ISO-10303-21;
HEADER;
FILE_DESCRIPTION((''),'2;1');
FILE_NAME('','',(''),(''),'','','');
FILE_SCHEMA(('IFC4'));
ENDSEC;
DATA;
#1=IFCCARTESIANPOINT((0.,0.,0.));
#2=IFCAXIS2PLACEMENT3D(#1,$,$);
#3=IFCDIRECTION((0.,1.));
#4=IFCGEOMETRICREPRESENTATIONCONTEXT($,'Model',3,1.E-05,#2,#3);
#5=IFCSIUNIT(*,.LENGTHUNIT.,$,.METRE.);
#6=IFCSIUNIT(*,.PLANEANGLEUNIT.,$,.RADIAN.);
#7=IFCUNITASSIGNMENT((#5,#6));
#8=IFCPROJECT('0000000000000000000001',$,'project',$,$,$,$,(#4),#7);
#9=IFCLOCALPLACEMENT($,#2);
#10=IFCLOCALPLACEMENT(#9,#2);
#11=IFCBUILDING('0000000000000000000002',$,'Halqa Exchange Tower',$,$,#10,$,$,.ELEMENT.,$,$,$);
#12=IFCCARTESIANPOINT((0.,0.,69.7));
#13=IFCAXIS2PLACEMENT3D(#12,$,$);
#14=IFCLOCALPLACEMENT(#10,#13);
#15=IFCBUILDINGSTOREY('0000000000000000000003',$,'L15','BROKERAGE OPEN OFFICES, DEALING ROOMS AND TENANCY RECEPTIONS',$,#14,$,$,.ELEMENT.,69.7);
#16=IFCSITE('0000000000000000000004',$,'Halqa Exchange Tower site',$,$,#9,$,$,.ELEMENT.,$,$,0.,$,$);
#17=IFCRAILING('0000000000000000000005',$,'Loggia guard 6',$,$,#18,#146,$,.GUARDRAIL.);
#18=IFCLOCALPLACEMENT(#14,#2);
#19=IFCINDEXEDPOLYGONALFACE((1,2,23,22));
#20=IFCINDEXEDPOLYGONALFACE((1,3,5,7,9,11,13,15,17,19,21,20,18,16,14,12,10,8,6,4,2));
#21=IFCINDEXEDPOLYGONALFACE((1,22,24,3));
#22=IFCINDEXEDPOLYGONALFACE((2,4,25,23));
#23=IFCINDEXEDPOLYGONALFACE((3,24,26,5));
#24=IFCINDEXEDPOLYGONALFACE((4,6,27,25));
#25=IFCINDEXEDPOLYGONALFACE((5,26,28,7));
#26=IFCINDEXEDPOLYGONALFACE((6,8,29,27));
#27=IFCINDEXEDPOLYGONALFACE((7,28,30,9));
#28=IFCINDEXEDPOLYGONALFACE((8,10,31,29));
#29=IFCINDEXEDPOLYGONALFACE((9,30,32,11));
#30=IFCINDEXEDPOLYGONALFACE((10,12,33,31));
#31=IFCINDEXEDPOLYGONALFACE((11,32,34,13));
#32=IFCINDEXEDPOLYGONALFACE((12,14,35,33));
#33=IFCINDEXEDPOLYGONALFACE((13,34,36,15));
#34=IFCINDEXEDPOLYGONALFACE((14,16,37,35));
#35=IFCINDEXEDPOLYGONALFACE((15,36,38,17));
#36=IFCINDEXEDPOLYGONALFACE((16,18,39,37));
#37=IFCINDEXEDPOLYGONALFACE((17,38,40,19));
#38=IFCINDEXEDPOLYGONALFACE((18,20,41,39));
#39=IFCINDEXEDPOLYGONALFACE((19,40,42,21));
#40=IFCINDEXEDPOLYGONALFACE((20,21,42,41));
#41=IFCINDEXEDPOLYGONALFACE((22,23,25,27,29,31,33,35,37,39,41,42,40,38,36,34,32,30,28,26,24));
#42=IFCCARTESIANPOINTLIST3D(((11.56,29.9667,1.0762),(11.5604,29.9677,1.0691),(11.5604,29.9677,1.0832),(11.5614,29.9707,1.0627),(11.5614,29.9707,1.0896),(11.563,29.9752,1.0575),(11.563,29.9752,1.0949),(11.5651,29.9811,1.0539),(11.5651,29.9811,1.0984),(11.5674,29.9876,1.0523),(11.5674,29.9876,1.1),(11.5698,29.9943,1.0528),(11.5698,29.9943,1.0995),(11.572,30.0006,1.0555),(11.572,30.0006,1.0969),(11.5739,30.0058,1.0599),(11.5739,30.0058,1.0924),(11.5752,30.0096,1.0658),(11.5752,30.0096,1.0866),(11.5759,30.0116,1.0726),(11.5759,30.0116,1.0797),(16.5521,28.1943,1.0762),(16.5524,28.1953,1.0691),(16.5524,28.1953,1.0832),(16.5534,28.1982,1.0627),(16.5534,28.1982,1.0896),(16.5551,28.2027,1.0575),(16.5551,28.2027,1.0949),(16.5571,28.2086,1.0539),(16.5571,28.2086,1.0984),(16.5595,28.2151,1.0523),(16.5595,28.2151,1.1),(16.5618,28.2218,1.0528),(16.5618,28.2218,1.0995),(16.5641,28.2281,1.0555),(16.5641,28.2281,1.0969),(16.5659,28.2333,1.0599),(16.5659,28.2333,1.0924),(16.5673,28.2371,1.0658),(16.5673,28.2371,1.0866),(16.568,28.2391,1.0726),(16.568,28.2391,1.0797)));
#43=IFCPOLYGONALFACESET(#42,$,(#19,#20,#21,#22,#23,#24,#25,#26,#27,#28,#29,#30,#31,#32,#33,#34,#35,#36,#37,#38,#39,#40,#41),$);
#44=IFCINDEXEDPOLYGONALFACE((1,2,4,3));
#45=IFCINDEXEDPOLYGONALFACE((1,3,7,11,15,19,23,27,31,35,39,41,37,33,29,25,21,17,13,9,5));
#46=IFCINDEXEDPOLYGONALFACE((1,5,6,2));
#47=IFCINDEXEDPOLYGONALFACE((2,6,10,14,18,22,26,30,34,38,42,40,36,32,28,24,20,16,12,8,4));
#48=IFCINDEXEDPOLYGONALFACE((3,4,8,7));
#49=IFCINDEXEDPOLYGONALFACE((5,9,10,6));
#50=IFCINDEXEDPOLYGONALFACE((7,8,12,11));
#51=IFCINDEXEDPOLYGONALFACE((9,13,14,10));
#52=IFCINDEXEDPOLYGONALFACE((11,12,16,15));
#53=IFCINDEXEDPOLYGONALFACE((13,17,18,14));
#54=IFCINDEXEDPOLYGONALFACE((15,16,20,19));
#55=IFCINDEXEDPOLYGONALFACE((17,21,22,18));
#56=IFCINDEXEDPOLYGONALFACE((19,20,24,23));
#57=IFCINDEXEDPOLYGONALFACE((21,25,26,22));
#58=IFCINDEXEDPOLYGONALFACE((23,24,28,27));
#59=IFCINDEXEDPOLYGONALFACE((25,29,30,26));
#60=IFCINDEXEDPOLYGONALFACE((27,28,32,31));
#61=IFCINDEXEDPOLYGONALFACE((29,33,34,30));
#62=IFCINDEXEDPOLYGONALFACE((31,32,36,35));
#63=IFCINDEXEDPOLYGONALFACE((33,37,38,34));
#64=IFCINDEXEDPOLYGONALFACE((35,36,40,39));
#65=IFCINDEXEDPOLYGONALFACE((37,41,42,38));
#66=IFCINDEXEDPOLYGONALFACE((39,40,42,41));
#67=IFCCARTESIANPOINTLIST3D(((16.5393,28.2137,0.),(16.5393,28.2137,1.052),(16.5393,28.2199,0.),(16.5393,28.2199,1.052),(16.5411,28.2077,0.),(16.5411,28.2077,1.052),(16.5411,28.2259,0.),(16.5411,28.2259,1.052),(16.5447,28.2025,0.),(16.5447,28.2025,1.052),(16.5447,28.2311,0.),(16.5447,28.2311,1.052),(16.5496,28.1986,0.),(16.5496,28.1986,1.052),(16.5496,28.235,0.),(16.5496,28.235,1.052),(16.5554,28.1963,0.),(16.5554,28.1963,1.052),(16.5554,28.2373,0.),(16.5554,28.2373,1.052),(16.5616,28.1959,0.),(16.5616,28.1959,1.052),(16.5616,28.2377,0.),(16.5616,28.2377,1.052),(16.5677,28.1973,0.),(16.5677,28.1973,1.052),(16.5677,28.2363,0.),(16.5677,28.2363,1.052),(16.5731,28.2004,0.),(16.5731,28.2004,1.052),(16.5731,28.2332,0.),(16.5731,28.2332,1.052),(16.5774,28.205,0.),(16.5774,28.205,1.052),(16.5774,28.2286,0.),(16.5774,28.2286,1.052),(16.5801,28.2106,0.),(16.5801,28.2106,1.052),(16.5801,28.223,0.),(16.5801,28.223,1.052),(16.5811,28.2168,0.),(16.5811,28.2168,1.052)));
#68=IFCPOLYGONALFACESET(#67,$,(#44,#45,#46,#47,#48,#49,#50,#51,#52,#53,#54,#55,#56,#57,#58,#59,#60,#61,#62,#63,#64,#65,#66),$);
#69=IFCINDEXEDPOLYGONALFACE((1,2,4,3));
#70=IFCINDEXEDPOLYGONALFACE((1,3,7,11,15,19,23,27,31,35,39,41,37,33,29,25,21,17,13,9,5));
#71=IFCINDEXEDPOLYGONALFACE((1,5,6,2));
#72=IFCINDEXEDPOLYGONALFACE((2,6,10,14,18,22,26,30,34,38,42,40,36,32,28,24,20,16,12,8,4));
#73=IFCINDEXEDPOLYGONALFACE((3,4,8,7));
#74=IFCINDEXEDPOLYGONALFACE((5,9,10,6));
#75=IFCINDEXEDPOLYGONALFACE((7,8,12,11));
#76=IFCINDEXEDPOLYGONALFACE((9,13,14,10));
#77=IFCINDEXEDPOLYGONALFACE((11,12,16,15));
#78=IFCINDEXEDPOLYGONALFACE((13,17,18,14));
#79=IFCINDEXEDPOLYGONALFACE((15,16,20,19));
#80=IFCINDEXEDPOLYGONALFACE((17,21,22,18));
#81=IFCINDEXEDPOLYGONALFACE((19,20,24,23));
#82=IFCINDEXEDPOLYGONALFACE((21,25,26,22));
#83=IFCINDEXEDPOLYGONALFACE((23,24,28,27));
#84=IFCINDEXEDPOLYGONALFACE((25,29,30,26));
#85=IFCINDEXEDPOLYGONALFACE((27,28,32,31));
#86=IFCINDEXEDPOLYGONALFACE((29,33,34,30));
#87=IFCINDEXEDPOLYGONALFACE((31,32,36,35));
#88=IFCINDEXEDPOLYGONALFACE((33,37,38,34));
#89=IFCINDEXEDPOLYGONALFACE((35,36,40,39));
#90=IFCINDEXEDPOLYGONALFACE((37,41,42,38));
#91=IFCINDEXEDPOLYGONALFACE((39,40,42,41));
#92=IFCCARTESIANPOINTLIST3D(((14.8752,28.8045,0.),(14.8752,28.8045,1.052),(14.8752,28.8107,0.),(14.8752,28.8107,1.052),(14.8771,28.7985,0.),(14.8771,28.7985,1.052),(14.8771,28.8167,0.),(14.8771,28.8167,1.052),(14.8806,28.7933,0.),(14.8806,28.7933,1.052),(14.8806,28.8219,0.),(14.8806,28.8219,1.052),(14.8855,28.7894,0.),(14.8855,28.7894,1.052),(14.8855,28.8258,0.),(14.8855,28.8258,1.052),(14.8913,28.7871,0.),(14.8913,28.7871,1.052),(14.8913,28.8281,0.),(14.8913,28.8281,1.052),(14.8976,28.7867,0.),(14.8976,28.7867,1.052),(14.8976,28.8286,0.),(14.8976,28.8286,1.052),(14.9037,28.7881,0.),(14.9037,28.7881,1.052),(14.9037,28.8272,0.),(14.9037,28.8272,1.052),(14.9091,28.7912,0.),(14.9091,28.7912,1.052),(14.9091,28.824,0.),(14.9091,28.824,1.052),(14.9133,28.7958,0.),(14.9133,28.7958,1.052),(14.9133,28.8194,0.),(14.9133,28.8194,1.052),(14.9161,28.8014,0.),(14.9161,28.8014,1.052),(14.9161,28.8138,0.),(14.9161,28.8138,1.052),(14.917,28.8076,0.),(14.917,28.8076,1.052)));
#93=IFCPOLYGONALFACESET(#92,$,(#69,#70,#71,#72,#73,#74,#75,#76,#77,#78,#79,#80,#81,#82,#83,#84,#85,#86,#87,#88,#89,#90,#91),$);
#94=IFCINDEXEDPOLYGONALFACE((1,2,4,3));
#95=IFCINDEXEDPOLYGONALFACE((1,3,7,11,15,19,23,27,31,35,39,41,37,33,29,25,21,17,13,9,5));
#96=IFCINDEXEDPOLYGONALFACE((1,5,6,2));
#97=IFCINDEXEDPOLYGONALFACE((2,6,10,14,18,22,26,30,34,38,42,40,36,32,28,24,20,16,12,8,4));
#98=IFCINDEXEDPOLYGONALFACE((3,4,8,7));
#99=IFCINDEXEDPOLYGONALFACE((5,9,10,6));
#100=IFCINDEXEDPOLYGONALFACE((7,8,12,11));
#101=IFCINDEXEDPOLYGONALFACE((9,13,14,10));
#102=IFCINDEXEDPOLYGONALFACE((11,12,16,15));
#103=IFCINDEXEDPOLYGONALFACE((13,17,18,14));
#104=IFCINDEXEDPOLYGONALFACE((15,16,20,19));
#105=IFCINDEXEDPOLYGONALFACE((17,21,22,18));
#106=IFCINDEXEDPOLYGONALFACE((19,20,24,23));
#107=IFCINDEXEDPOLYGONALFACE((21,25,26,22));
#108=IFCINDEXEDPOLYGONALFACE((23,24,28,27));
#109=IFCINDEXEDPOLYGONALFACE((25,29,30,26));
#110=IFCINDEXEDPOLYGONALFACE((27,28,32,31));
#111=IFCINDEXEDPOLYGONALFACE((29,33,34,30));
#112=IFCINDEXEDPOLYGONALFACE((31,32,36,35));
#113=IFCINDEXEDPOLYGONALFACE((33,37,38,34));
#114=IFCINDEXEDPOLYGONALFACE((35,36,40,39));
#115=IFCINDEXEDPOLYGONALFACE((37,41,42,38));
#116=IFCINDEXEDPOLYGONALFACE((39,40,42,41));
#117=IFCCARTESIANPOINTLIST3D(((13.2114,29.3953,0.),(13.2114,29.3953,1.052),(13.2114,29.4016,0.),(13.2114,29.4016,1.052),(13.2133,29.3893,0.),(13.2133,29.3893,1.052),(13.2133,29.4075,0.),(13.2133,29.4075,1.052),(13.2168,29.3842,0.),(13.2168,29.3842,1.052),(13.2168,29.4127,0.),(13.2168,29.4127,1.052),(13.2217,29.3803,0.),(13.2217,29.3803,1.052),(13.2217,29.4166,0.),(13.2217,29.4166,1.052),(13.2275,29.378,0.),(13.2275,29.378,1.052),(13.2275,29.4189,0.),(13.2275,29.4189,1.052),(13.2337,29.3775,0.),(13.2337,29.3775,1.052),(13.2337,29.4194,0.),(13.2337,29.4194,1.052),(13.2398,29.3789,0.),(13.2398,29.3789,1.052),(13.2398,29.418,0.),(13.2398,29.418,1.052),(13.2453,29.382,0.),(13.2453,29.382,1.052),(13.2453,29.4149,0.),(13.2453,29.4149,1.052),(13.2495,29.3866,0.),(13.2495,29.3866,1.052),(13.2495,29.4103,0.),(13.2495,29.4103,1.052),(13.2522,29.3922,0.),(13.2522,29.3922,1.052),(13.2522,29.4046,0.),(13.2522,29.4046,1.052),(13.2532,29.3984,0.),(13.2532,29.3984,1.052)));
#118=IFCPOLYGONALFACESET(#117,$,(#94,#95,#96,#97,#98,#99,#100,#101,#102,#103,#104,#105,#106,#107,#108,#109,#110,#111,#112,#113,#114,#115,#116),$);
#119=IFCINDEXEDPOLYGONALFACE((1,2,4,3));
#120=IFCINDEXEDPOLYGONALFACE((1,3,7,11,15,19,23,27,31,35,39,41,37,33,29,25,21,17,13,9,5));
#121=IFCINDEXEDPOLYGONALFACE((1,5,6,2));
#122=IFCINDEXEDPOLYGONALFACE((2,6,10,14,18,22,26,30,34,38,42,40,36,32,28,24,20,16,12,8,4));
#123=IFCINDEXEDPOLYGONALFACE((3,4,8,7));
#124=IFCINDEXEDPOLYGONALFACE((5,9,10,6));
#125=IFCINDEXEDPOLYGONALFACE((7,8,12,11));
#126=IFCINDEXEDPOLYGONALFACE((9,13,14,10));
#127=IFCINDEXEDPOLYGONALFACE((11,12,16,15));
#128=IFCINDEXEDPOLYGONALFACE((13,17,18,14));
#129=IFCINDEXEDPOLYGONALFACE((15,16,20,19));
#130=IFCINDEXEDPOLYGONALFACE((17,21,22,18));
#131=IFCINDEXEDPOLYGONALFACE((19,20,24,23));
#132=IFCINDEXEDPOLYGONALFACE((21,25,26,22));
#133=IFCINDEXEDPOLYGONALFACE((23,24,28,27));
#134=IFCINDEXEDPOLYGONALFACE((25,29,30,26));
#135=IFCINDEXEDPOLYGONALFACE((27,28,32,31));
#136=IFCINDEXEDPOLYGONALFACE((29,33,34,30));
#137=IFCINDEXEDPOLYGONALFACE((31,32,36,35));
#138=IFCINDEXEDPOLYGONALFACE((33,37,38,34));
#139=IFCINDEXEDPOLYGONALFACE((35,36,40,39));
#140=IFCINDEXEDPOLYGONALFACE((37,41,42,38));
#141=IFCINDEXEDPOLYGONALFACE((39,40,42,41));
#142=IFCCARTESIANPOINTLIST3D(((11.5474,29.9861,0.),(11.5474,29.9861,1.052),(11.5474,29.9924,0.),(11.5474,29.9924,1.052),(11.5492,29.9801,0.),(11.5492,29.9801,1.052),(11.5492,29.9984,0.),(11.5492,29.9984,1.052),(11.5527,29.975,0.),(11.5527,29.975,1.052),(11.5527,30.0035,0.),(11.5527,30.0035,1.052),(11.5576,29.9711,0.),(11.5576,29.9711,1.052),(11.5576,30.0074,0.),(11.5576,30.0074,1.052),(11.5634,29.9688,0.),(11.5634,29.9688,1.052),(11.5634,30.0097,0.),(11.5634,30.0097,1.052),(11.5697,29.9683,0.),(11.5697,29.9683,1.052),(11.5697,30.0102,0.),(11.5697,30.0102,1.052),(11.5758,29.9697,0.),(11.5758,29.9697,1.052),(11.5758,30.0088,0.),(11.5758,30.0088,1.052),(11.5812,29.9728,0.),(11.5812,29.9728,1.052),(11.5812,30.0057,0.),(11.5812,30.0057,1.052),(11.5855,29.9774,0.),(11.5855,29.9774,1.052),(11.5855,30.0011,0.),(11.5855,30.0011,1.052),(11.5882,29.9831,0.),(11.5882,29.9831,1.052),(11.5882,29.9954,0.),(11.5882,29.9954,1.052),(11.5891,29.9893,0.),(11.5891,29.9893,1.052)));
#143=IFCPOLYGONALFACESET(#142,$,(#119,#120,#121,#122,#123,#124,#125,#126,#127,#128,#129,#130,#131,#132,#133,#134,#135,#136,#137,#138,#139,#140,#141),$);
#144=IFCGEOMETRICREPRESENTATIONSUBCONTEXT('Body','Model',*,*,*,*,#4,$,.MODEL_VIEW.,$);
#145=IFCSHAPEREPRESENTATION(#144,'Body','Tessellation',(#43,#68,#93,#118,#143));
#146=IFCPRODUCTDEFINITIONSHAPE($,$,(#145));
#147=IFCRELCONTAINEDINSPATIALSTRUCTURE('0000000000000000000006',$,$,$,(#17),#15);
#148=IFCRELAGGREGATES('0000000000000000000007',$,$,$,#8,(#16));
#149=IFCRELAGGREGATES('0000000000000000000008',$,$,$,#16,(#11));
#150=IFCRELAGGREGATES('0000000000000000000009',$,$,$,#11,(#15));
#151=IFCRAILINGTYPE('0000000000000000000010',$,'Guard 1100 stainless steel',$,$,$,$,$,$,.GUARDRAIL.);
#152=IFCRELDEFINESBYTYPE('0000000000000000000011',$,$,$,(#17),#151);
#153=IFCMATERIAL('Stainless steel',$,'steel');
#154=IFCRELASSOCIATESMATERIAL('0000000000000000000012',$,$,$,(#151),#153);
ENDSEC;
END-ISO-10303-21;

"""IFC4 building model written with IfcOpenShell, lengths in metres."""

from ifc_helpers import new_model, si_unit, direction, frame, origin, origin_2d, place, context, subcontext, project, spatial, circle, extrude, material, type_object, element, save


model = new_model("IFC4")

# Units and contexts
model_context = context("Model", 3, precision=1e-05, world=origin(), true_north=direction((0.0, 1.0)))
body_context = subcontext(model_context, "Body", "Model", "MODEL_VIEW")
ifc_project = project(units=[si_unit("LENGTHUNIT", "METRE"), si_unit("PLANEANGLEUNIT", "RADIAN")], contexts=[model_context])

# Site, building, storey
site_placement = place(None, origin())
site = spatial("IfcSite", under=ifc_project, at=site_placement, Name="Halqa Exchange Tower site", CompositionType="ELEMENT", RefElevation=0.0)
building_placement = place(site_placement, origin())
building = spatial("IfcBuilding", under=site, at=building_placement, Name="Halqa Exchange Tower", CompositionType="ELEMENT")
storey_placement = place(building_placement, frame((0.0, 0.0, 69.7)))
storey = spatial("IfcBuildingStorey", under=building, at=storey_placement, Name="L15", Description="BROKERAGE OPEN OFFICES, DEALING ROOMS AND TENANCY RECEPTIONS", CompositionType="ELEMENT", Elevation=69.7)

# Railing
ifc_material_1 = material(Name="Stainless steel", Category="steel")
railing_type = type_object("IfcRailingType", Name="Guard 1100 stainless steel", PredefinedType="GUARDRAIL", material=ifc_material_1)
railing_1_placement = place(storey_placement, frame((16.5601, 28.2168, 0.0)))
element("IfcRailing", 1, at=railing_1_placement, inside=storey, type_object=railing_type, Name="Loggia guard 6", PredefinedType="GUARDRAIL", context=body_context, shape_type="SweptSolid", body=[
    extrude(circle(Radius=0.0239, at=origin_2d()), frame((0.0, 0.0, 1.0762), z_axis=(-0.942361, 0.334599, 0.0), x_axis=(-0.334599, -0.942361, 0.0)), (0.0, 0.0, 1.0), 5.2974),
    extrude(circle(Radius=0.021, at=origin_2d()), origin(), (0.0, 0.0, 1.0), 1.052),
    extrude(circle(Radius=0.021, at=origin_2d()), frame((-1.6641, 0.5908, 0.0)), (0.0, 0.0, 1.0), 1.052),
    extrude(circle(Radius=0.021, at=origin_2d()), frame((-3.3279, 1.1816, 0.0)), (0.0, 0.0, 1.0), 1.052),
    extrude(circle(Radius=0.021, at=origin_2d()), frame((-4.9919, 1.7725, 0.0)), (0.0, 0.0, 1.0), 1.052),
])

save(model, "model.ifc")
